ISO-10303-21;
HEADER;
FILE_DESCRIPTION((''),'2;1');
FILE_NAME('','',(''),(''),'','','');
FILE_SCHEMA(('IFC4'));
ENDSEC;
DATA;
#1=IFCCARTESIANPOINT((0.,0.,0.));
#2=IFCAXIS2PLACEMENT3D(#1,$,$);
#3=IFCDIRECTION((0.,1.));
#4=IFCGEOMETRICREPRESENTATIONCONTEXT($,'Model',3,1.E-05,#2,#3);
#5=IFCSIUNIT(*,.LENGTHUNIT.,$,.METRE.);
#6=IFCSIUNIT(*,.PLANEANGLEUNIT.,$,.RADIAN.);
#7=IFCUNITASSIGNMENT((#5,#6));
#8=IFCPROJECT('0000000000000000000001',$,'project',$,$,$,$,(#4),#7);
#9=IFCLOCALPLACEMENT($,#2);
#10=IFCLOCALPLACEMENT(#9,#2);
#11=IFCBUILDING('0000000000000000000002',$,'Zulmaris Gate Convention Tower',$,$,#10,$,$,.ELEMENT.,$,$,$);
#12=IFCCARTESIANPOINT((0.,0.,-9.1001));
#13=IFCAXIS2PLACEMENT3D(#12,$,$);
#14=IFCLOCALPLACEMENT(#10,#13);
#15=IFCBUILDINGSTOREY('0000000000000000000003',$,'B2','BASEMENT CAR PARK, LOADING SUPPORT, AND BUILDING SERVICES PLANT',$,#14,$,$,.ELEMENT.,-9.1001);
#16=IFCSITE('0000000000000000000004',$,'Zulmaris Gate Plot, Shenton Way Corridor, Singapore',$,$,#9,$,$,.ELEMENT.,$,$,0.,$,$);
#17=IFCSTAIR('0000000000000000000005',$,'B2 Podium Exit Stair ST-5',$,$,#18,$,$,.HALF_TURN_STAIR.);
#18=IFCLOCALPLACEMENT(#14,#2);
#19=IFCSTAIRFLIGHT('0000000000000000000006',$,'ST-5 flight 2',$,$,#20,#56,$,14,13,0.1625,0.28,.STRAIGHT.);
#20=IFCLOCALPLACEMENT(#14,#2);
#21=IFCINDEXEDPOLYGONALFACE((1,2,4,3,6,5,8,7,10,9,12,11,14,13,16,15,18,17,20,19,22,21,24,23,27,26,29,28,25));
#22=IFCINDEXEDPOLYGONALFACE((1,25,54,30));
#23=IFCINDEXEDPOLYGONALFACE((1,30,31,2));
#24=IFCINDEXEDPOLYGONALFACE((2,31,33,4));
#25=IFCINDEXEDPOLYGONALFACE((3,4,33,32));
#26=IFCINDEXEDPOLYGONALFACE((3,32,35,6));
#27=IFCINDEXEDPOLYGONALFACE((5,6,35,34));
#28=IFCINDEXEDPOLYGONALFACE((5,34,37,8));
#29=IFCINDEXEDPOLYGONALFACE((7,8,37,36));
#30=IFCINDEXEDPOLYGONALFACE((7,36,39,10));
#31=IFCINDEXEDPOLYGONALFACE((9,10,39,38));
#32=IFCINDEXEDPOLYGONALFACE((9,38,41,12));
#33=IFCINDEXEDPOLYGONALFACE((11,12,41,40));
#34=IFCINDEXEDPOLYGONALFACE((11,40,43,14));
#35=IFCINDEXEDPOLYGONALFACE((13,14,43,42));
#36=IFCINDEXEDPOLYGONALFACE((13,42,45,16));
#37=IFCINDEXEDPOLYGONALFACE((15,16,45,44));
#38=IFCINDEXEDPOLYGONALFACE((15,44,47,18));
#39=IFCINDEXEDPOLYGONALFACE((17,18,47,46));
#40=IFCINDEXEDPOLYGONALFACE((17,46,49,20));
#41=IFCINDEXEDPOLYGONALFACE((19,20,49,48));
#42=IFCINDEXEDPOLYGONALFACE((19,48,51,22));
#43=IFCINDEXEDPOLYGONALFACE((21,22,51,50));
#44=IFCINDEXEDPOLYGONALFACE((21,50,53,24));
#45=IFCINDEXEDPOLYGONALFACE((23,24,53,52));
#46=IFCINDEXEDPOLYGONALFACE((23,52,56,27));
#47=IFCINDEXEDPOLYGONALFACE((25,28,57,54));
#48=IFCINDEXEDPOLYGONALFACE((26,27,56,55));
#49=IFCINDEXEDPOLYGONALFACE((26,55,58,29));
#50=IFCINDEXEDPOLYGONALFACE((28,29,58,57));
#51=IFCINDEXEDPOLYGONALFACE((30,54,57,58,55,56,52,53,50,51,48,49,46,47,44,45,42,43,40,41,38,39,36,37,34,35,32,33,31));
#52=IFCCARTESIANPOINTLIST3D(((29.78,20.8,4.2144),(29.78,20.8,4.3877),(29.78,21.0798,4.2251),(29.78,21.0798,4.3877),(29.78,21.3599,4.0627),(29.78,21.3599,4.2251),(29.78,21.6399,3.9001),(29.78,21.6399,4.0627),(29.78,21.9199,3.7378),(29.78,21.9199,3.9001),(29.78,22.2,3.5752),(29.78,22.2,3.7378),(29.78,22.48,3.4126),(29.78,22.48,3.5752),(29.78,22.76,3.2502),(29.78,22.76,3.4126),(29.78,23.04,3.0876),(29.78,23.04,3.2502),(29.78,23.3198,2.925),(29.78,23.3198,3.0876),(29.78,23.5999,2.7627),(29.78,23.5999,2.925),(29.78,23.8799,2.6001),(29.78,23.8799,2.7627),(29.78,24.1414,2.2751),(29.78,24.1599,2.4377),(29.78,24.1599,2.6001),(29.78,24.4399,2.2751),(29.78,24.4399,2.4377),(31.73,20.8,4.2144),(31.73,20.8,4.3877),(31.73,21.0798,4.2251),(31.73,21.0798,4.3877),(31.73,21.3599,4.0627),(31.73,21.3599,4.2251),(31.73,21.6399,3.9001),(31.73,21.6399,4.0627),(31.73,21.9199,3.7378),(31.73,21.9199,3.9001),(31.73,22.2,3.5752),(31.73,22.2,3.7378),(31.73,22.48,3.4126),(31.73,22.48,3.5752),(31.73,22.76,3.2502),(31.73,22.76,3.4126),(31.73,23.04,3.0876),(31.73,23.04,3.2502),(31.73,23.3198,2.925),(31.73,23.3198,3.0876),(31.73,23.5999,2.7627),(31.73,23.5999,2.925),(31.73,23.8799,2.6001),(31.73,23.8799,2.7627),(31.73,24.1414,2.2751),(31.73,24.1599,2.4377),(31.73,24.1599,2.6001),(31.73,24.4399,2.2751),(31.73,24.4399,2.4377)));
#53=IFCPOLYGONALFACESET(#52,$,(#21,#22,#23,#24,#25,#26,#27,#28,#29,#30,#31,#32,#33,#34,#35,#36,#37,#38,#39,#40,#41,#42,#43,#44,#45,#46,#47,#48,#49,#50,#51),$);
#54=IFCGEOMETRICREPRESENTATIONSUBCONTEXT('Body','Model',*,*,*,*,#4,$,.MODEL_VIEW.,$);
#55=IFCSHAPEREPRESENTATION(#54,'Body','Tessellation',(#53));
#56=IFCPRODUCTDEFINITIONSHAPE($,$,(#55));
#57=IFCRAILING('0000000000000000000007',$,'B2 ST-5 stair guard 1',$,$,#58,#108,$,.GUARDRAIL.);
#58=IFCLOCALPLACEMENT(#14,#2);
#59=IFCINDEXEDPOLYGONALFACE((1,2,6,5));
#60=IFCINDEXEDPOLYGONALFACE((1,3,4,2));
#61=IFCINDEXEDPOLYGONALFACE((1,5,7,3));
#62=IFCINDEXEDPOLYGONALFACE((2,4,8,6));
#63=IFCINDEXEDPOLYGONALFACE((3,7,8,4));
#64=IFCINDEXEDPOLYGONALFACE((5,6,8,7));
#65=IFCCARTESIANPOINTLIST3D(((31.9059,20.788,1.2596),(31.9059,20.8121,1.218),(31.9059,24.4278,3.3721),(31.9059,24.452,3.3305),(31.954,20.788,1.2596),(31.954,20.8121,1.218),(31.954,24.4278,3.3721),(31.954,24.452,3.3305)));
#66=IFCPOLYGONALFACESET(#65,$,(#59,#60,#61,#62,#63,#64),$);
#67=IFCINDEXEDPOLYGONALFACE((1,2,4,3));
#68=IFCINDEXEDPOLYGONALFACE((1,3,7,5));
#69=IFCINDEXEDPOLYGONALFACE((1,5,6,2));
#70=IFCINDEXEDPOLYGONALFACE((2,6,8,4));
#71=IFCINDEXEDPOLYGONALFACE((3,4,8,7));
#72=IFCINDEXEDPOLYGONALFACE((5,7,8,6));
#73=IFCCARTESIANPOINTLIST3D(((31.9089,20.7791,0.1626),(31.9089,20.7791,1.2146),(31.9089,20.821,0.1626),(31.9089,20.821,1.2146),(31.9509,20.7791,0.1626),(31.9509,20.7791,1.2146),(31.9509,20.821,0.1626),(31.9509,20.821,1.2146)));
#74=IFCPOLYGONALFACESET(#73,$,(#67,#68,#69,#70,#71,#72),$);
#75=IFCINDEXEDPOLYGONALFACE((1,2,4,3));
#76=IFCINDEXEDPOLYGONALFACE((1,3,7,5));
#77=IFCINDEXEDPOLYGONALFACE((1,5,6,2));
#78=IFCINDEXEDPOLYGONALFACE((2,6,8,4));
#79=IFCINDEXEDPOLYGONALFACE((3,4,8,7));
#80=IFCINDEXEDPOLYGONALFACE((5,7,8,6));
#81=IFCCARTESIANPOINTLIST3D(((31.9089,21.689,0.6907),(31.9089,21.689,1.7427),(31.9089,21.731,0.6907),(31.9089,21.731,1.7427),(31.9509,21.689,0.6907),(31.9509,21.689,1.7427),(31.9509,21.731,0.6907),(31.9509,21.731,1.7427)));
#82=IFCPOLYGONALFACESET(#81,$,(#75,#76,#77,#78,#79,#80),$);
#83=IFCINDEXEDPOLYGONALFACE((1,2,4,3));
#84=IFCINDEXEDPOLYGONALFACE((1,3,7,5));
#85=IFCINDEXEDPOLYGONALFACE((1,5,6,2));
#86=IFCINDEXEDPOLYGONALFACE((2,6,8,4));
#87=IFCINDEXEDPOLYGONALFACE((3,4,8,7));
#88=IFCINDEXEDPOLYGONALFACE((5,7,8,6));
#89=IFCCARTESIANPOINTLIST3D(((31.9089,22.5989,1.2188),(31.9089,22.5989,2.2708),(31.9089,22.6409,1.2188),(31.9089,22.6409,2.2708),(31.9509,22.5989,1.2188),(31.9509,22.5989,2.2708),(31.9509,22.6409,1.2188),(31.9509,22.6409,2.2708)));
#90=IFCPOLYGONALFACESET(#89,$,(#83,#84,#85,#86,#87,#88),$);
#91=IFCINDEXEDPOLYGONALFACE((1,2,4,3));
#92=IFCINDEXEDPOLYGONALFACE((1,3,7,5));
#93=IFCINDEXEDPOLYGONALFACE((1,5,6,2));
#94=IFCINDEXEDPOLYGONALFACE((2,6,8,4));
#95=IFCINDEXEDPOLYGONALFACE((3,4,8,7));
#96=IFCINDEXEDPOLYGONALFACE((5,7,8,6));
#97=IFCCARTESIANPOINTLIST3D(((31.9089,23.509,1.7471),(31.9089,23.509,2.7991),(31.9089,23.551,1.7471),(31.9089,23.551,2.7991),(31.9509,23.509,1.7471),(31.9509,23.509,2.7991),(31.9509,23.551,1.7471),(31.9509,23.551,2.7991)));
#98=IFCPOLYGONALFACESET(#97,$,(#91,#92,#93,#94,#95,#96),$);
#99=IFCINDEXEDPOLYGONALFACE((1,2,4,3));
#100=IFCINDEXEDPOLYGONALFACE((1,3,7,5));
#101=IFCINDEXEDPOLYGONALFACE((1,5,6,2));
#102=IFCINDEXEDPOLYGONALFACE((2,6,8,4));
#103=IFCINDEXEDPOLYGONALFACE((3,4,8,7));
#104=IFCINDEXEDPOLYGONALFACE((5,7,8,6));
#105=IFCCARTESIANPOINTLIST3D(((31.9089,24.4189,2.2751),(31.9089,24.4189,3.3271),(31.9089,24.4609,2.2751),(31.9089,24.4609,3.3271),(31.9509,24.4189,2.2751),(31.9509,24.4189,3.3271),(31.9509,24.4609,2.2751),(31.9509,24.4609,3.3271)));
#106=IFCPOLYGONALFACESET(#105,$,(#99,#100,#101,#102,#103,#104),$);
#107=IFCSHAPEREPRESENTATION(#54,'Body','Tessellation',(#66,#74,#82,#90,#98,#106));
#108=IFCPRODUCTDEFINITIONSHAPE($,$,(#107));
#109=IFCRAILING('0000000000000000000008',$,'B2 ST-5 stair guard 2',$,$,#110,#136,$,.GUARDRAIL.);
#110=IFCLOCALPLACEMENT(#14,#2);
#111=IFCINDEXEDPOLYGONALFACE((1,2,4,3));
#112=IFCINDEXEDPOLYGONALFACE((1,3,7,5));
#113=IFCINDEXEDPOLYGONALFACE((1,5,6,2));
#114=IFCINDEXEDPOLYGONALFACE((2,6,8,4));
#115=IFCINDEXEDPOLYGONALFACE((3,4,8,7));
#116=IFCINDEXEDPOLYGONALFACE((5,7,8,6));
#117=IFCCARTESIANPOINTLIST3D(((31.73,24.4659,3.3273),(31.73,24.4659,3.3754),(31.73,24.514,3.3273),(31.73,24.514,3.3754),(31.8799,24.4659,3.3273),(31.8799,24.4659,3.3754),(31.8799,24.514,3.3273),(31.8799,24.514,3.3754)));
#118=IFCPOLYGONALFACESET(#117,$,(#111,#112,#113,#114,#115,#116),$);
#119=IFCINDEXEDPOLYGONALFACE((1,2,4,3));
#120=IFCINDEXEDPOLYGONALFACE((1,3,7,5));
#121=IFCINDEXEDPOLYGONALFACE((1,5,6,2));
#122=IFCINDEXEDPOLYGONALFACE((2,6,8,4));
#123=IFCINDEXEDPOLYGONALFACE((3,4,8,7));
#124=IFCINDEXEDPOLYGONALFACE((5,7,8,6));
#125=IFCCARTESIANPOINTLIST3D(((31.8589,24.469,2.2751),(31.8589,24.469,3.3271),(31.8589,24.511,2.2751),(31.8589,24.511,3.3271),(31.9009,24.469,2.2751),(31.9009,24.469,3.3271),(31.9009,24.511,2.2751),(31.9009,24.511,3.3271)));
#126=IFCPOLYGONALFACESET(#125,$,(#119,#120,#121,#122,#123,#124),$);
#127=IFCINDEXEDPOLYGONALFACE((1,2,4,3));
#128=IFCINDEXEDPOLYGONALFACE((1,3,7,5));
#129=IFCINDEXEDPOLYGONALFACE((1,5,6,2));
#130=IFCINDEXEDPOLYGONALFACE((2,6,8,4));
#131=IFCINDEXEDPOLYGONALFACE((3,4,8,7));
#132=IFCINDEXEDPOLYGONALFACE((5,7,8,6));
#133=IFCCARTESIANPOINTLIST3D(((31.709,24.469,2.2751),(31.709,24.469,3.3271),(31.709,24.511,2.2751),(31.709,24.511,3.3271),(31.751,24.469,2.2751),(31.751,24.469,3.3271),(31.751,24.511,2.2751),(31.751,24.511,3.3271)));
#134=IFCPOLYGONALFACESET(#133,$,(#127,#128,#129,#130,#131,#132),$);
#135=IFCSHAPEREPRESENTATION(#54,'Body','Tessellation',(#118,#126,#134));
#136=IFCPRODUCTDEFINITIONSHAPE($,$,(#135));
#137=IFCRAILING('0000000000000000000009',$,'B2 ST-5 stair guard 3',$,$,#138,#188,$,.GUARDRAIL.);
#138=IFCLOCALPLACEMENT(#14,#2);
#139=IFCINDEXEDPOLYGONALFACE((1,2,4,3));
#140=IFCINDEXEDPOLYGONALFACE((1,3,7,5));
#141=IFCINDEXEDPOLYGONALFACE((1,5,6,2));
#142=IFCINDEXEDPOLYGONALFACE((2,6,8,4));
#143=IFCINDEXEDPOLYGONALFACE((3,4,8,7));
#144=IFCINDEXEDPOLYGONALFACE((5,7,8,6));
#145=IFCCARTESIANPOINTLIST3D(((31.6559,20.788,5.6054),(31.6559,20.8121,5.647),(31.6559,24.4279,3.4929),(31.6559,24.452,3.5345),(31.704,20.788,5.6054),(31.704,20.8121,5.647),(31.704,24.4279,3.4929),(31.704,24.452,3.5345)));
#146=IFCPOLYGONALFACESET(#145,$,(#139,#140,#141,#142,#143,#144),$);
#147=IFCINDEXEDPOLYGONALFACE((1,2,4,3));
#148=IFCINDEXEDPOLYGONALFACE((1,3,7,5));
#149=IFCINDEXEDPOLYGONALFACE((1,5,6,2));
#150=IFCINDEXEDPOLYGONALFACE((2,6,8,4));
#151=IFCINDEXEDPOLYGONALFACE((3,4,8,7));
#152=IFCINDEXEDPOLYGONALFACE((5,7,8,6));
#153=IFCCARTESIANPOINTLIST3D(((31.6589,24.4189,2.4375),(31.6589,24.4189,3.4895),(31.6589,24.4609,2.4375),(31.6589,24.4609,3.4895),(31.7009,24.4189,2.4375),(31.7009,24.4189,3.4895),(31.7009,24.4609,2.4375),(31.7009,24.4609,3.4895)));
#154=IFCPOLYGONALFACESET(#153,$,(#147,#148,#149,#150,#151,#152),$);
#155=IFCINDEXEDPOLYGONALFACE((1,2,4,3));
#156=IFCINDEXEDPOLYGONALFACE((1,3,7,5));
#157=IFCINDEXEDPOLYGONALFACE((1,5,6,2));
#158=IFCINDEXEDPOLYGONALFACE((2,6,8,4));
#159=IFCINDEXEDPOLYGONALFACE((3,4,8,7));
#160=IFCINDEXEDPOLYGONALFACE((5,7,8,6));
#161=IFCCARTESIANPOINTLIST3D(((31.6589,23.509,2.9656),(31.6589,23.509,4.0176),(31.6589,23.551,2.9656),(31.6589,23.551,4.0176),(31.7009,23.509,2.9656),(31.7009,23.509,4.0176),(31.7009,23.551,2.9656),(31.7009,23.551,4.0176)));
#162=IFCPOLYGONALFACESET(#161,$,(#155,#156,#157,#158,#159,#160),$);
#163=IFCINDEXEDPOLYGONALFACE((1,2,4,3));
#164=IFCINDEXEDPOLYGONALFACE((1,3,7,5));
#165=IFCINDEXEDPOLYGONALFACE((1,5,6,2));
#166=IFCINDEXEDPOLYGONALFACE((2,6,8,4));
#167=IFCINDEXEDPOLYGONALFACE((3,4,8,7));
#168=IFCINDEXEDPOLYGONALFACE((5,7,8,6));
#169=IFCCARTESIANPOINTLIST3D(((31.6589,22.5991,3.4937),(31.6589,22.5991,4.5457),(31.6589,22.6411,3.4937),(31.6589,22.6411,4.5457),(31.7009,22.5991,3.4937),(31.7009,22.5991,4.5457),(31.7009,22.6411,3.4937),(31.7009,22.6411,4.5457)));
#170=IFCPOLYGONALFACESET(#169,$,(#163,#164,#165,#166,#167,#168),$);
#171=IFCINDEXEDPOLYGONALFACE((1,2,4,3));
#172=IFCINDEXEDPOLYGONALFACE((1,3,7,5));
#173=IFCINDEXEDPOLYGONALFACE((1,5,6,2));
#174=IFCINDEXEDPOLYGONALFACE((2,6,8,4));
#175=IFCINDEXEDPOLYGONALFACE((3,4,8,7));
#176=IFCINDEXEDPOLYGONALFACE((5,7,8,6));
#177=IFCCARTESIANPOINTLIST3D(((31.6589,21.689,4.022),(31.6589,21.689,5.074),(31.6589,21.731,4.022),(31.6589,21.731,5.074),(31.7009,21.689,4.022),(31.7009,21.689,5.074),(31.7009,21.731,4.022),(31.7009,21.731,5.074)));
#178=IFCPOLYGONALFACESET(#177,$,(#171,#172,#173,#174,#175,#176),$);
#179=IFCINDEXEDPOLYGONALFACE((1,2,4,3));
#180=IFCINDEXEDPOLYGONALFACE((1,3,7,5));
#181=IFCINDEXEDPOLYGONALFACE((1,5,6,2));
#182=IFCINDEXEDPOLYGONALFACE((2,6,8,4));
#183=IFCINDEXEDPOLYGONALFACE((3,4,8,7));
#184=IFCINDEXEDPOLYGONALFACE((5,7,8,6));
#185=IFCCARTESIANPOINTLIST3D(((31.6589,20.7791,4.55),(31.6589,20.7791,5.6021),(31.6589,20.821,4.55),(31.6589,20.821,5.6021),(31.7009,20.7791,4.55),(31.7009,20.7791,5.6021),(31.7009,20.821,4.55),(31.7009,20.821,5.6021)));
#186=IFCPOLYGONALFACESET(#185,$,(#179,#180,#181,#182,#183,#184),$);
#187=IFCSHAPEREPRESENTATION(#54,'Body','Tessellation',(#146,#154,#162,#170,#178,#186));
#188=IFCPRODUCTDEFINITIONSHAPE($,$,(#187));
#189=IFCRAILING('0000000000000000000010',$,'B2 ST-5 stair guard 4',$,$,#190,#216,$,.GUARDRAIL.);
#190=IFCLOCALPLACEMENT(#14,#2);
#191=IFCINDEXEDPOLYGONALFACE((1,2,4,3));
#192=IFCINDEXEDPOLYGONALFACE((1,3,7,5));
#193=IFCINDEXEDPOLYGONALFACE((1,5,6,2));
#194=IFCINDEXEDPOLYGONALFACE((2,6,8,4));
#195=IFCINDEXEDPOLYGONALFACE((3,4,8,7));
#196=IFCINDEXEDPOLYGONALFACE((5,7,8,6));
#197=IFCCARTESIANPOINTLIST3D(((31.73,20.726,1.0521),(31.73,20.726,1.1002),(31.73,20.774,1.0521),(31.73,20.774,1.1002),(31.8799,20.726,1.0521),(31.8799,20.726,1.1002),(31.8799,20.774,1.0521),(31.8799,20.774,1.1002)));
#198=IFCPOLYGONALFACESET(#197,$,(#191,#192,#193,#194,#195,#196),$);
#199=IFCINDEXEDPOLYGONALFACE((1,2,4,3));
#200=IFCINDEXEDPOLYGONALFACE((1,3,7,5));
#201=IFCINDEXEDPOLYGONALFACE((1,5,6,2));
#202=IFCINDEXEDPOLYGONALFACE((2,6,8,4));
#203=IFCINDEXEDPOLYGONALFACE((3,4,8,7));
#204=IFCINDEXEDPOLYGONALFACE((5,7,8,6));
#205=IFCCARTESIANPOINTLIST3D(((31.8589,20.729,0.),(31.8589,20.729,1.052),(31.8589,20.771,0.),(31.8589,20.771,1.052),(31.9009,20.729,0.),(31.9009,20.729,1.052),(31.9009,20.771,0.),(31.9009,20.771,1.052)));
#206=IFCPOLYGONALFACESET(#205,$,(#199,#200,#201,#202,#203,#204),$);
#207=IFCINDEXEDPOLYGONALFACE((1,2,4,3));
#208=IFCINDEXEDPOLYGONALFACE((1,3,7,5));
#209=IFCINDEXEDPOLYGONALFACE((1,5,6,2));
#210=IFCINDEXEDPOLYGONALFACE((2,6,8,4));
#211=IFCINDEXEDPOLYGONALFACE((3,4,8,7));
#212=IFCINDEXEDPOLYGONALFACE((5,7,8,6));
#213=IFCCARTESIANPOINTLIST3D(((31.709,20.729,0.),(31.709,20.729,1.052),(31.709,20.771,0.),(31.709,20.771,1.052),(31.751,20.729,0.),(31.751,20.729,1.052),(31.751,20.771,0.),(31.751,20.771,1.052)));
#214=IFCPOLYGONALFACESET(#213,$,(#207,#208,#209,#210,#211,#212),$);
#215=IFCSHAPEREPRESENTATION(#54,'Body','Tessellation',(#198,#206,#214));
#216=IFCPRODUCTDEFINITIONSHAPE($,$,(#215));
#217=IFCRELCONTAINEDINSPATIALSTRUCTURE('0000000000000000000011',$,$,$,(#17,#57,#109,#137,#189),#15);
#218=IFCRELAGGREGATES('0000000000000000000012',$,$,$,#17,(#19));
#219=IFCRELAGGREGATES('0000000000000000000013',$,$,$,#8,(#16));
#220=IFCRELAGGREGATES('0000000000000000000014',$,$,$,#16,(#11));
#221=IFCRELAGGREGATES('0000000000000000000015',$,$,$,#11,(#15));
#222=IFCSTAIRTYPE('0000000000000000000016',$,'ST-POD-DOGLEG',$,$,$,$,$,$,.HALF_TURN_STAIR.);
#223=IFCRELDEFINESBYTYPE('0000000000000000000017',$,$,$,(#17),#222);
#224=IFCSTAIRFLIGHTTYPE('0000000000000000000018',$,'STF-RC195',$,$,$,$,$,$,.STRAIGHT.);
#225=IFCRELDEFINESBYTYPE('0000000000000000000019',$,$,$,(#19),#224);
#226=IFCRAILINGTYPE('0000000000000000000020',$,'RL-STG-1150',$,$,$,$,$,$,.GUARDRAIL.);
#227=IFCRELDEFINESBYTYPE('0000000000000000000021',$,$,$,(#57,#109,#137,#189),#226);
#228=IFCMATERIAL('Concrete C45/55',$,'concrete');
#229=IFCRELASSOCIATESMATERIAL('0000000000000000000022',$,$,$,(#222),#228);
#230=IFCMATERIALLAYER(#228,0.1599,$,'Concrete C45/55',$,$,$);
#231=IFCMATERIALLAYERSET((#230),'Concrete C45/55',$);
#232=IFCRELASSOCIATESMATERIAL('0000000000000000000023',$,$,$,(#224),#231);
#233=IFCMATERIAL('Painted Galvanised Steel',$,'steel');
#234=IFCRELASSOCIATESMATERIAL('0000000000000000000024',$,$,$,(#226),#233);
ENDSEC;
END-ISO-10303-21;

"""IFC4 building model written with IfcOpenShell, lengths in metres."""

from ifc_helpers import new_model, si_unit, direction, frame, origin, origin_2d, place, context, subcontext, project, spatial, polyline, rectangle, outline, extrude, material, layer, layer_set, type_object, element, aggregate, save


model = new_model("IFC4")

# Units and contexts
model_context = context("Model", 3, precision=1e-05, world=origin(), true_north=direction((0.0, 1.0)))
body_context = subcontext(model_context, "Body", "Model", "MODEL_VIEW")
ifc_project = project(units=[si_unit("LENGTHUNIT", "METRE"), si_unit("PLANEANGLEUNIT", "RADIAN")], contexts=[model_context])

# Site, building, storey
site_placement = place(None, origin())
site = spatial("IfcSite", under=ifc_project, at=site_placement, Name="Zulmaris Gate Plot, Shenton Way Corridor, Singapore", CompositionType="ELEMENT", RefElevation=0.0)
building_placement = place(site_placement, origin())
building = spatial("IfcBuilding", under=site, at=building_placement, Name="Zulmaris Gate Convention Tower", CompositionType="ELEMENT")
storey_placement = place(building_placement, frame((0.0, 0.0, -9.1001)))
storey = spatial("IfcBuildingStorey", under=building, at=storey_placement, Name="B2", Description="BASEMENT CAR PARK, LOADING SUPPORT, AND BUILDING SERVICES PLANT", CompositionType="ELEMENT", Elevation=-9.1001)

# Stair, stair flight
ifc_material_1 = material(Name="Concrete C45/55", Category="concrete")
stair_type = type_object("IfcStairType", Name="ST-POD-DOGLEG", PredefinedType="HALF_TURN_STAIR", material=ifc_material_1)
stair_placement = place(storey_placement, origin())
stair = element("IfcStair", 1, at=stair_placement, inside=storey, type_object=stair_type, Name="B2 Podium Exit Stair ST-5", PredefinedType="HALF_TURN_STAIR")
ifc_layer_1 = layer(ifc_material_1, 0.1599, Name="Concrete C45/55")
ifc_layer_set_1 = layer_set([ifc_layer_1], Name="Concrete C45/55")
stair_flight_type = type_object("IfcStairFlightType", Name="STF-RC195", PredefinedType="STRAIGHT", material=ifc_layer_set_1)
stair_flight_1_placement = place(storey_placement, frame((30.7549, 24.4399, 2.2751), z_axis=(0.0, 0.0, 1.0), x_axis=(0.0, -1.0, 0.0)))
stair_flight_1 = element("IfcStairFlight", 2, at=stair_flight_1_placement, type_object=stair_flight_type, Name="ST-5 flight 2", NumberOfRisers=14, NumberOfTreads=13, PredefinedType="STRAIGHT", RiserHeight=0.1625, TreadLength=0.28, context=body_context, shape_type="SweptSolid", body=[
    extrude(outline(polyline([(0.0, 0.0), (0.0, 0.1626), (0.28, 0.1626), (0.28, 0.325), (0.5601, 0.325), (0.5601, 0.4875), (0.8401, 0.4875), (0.8401, 0.6499), (1.1201, 0.6499), (1.1201, 0.8125), (1.3999, 0.8125), (1.3999, 0.9751), (1.6799, 0.9751), (1.6799, 1.1375), (1.96, 1.1375), (1.96, 1.3), (2.24, 1.3), (2.24, 1.4626), (2.52, 1.4626), (2.52, 1.625), (2.8, 1.625), (2.8, 1.7876), (3.0801, 1.7876), (3.0801, 1.95), (3.3601, 1.95), (3.3601, 2.1125), (3.6399, 2.1125), (3.6399, 2.2751), (3.6399, 1.9392), (0.2986, 0.0), (0.0, 0.0)])), frame((0.0, 0.9751, 0.0), z_axis=(0.0, -1.0, 0.0), x_axis=(1.0, 0.0, 0.0)), (0.0, 0.0, 1.0), 1.95),
])
aggregate(stair, [stair_flight_1])

# Railings
ifc_material_2 = material(Name="Painted Galvanised Steel", Category="steel")
railing_type_1 = type_object("IfcRailingType", Name="RL-STG-1150", PredefinedType="GUARDRAIL", material=ifc_material_2)
railing_1_placement = place(storey_placement, frame((31.9299, 20.8, 0.1626)))
element("IfcRailing", 3, at=railing_1_placement, inside=storey, type_object=railing_type_1, Name="B2 ST-5 stair guard 1", PredefinedType="GUARDRAIL", context=body_context, shape_type="SweptSolid", body=[
    extrude(rectangle(XDim=0.0481, YDim=0.0481, at=origin_2d()), frame((0.0, 0.0, 1.0762), z_axis=(0.0, 0.864886, 0.501969), x_axis=(-1.0, 0.0, 0.0)), (0.0, 0.0, 1.0), 4.2085),
    extrude(rectangle(XDim=0.042, YDim=0.042, at=origin_2d()), origin(), (0.0, 0.0, 1.0), 1.052),
    extrude(rectangle(XDim=0.042, YDim=0.042, at=origin_2d()), frame((0.0, 0.9099, 0.5281)), (0.0, 0.0, 1.0), 1.052),
    extrude(rectangle(XDim=0.042, YDim=0.042, at=origin_2d()), frame((0.0, 1.8198, 1.0562)), (0.0, 0.0, 1.0), 1.052),
    extrude(rectangle(XDim=0.042, YDim=0.042, at=origin_2d()), frame((0.0, 2.73, 1.5845)), (0.0, 0.0, 1.0), 1.052),
    extrude(rectangle(XDim=0.042, YDim=0.042, at=origin_2d()), frame((0.0, 3.6399, 2.1125)), (0.0, 0.0, 1.0), 1.052),
])
railing_2_placement = place(storey_placement, frame((31.8799, 24.49, 2.2751)))
element("IfcRailing", 4, at=railing_2_placement, inside=storey, type_object=railing_type_1, Name="B2 ST-5 stair guard 2", PredefinedType="GUARDRAIL", context=body_context, shape_type="SweptSolid", body=[
    extrude(rectangle(XDim=0.0481, YDim=0.0481, at=origin_2d()), frame((0.0, 0.0, 1.0762), z_axis=(-1.0, 0.0, 0.0), x_axis=(0.0, -1.0, 0.0)), (0.0, 0.0, 1.0), 0.1499),
    extrude(rectangle(XDim=0.042, YDim=0.042, at=origin_2d()), origin(), (0.0, 0.0, 1.0), 1.052),
    extrude(rectangle(XDim=0.042, YDim=0.042, at=origin_2d()), frame((-0.1499, 0.0, 0.0)), (0.0, 0.0, 1.0), 1.052),
])
railing_3_placement = place(storey_placement, frame((31.6799, 24.4399, 2.4375)))
element("IfcRailing", 5, at=railing_3_placement, inside=storey, type_object=railing_type_1, Name="B2 ST-5 stair guard 3", PredefinedType="GUARDRAIL", context=body_context, shape_type="SweptSolid", body=[
    extrude(rectangle(XDim=0.0481, YDim=0.0481, at=origin_2d()), frame((0.0, 0.0, 1.0762), z_axis=(0.0, -0.864886, 0.501969), x_axis=(1.0, 0.0, 0.0)), (0.0, 0.0, 1.0), 4.2085),
    extrude(rectangle(XDim=0.042, YDim=0.042, at=origin_2d()), origin(), (0.0, 0.0, 1.0), 1.052),
    extrude(rectangle(XDim=0.042, YDim=0.042, at=origin_2d()), frame((0.0, -0.9099, 0.5281)), (0.0, 0.0, 1.0), 1.052),
    extrude(rectangle(XDim=0.042, YDim=0.042, at=origin_2d()), frame((0.0, -1.8198, 1.0562)), (0.0, 0.0, 1.0), 1.052),
    extrude(rectangle(XDim=0.042, YDim=0.042, at=origin_2d()), frame((0.0, -2.73, 1.5845)), (0.0, 0.0, 1.0), 1.052),
    extrude(rectangle(XDim=0.042, YDim=0.042, at=origin_2d()), frame((0.0, -3.6399, 2.1125)), (0.0, 0.0, 1.0), 1.052),
])
railing_4_placement = place(storey_placement, frame((31.8799, 20.75, 0.0)))
element("IfcRailing", 6, at=railing_4_placement, inside=storey, type_object=railing_type_1, Name="B2 ST-5 stair guard 4", PredefinedType="GUARDRAIL", context=body_context, shape_type="SweptSolid", body=[
    extrude(rectangle(XDim=0.0481, YDim=0.0481, at=origin_2d()), frame((0.0, 0.0, 1.0762), z_axis=(-1.0, 0.0, 0.0), x_axis=(0.0, -1.0, 0.0)), (0.0, 0.0, 1.0), 0.1499),
    extrude(rectangle(XDim=0.042, YDim=0.042, at=origin_2d()), origin(), (0.0, 0.0, 1.0), 1.052),
    extrude(rectangle(XDim=0.042, YDim=0.042, at=origin_2d()), frame((-0.1499, 0.0, 0.0)), (0.0, 0.0, 1.0), 1.052),
])

save(model, "model.ifc")
